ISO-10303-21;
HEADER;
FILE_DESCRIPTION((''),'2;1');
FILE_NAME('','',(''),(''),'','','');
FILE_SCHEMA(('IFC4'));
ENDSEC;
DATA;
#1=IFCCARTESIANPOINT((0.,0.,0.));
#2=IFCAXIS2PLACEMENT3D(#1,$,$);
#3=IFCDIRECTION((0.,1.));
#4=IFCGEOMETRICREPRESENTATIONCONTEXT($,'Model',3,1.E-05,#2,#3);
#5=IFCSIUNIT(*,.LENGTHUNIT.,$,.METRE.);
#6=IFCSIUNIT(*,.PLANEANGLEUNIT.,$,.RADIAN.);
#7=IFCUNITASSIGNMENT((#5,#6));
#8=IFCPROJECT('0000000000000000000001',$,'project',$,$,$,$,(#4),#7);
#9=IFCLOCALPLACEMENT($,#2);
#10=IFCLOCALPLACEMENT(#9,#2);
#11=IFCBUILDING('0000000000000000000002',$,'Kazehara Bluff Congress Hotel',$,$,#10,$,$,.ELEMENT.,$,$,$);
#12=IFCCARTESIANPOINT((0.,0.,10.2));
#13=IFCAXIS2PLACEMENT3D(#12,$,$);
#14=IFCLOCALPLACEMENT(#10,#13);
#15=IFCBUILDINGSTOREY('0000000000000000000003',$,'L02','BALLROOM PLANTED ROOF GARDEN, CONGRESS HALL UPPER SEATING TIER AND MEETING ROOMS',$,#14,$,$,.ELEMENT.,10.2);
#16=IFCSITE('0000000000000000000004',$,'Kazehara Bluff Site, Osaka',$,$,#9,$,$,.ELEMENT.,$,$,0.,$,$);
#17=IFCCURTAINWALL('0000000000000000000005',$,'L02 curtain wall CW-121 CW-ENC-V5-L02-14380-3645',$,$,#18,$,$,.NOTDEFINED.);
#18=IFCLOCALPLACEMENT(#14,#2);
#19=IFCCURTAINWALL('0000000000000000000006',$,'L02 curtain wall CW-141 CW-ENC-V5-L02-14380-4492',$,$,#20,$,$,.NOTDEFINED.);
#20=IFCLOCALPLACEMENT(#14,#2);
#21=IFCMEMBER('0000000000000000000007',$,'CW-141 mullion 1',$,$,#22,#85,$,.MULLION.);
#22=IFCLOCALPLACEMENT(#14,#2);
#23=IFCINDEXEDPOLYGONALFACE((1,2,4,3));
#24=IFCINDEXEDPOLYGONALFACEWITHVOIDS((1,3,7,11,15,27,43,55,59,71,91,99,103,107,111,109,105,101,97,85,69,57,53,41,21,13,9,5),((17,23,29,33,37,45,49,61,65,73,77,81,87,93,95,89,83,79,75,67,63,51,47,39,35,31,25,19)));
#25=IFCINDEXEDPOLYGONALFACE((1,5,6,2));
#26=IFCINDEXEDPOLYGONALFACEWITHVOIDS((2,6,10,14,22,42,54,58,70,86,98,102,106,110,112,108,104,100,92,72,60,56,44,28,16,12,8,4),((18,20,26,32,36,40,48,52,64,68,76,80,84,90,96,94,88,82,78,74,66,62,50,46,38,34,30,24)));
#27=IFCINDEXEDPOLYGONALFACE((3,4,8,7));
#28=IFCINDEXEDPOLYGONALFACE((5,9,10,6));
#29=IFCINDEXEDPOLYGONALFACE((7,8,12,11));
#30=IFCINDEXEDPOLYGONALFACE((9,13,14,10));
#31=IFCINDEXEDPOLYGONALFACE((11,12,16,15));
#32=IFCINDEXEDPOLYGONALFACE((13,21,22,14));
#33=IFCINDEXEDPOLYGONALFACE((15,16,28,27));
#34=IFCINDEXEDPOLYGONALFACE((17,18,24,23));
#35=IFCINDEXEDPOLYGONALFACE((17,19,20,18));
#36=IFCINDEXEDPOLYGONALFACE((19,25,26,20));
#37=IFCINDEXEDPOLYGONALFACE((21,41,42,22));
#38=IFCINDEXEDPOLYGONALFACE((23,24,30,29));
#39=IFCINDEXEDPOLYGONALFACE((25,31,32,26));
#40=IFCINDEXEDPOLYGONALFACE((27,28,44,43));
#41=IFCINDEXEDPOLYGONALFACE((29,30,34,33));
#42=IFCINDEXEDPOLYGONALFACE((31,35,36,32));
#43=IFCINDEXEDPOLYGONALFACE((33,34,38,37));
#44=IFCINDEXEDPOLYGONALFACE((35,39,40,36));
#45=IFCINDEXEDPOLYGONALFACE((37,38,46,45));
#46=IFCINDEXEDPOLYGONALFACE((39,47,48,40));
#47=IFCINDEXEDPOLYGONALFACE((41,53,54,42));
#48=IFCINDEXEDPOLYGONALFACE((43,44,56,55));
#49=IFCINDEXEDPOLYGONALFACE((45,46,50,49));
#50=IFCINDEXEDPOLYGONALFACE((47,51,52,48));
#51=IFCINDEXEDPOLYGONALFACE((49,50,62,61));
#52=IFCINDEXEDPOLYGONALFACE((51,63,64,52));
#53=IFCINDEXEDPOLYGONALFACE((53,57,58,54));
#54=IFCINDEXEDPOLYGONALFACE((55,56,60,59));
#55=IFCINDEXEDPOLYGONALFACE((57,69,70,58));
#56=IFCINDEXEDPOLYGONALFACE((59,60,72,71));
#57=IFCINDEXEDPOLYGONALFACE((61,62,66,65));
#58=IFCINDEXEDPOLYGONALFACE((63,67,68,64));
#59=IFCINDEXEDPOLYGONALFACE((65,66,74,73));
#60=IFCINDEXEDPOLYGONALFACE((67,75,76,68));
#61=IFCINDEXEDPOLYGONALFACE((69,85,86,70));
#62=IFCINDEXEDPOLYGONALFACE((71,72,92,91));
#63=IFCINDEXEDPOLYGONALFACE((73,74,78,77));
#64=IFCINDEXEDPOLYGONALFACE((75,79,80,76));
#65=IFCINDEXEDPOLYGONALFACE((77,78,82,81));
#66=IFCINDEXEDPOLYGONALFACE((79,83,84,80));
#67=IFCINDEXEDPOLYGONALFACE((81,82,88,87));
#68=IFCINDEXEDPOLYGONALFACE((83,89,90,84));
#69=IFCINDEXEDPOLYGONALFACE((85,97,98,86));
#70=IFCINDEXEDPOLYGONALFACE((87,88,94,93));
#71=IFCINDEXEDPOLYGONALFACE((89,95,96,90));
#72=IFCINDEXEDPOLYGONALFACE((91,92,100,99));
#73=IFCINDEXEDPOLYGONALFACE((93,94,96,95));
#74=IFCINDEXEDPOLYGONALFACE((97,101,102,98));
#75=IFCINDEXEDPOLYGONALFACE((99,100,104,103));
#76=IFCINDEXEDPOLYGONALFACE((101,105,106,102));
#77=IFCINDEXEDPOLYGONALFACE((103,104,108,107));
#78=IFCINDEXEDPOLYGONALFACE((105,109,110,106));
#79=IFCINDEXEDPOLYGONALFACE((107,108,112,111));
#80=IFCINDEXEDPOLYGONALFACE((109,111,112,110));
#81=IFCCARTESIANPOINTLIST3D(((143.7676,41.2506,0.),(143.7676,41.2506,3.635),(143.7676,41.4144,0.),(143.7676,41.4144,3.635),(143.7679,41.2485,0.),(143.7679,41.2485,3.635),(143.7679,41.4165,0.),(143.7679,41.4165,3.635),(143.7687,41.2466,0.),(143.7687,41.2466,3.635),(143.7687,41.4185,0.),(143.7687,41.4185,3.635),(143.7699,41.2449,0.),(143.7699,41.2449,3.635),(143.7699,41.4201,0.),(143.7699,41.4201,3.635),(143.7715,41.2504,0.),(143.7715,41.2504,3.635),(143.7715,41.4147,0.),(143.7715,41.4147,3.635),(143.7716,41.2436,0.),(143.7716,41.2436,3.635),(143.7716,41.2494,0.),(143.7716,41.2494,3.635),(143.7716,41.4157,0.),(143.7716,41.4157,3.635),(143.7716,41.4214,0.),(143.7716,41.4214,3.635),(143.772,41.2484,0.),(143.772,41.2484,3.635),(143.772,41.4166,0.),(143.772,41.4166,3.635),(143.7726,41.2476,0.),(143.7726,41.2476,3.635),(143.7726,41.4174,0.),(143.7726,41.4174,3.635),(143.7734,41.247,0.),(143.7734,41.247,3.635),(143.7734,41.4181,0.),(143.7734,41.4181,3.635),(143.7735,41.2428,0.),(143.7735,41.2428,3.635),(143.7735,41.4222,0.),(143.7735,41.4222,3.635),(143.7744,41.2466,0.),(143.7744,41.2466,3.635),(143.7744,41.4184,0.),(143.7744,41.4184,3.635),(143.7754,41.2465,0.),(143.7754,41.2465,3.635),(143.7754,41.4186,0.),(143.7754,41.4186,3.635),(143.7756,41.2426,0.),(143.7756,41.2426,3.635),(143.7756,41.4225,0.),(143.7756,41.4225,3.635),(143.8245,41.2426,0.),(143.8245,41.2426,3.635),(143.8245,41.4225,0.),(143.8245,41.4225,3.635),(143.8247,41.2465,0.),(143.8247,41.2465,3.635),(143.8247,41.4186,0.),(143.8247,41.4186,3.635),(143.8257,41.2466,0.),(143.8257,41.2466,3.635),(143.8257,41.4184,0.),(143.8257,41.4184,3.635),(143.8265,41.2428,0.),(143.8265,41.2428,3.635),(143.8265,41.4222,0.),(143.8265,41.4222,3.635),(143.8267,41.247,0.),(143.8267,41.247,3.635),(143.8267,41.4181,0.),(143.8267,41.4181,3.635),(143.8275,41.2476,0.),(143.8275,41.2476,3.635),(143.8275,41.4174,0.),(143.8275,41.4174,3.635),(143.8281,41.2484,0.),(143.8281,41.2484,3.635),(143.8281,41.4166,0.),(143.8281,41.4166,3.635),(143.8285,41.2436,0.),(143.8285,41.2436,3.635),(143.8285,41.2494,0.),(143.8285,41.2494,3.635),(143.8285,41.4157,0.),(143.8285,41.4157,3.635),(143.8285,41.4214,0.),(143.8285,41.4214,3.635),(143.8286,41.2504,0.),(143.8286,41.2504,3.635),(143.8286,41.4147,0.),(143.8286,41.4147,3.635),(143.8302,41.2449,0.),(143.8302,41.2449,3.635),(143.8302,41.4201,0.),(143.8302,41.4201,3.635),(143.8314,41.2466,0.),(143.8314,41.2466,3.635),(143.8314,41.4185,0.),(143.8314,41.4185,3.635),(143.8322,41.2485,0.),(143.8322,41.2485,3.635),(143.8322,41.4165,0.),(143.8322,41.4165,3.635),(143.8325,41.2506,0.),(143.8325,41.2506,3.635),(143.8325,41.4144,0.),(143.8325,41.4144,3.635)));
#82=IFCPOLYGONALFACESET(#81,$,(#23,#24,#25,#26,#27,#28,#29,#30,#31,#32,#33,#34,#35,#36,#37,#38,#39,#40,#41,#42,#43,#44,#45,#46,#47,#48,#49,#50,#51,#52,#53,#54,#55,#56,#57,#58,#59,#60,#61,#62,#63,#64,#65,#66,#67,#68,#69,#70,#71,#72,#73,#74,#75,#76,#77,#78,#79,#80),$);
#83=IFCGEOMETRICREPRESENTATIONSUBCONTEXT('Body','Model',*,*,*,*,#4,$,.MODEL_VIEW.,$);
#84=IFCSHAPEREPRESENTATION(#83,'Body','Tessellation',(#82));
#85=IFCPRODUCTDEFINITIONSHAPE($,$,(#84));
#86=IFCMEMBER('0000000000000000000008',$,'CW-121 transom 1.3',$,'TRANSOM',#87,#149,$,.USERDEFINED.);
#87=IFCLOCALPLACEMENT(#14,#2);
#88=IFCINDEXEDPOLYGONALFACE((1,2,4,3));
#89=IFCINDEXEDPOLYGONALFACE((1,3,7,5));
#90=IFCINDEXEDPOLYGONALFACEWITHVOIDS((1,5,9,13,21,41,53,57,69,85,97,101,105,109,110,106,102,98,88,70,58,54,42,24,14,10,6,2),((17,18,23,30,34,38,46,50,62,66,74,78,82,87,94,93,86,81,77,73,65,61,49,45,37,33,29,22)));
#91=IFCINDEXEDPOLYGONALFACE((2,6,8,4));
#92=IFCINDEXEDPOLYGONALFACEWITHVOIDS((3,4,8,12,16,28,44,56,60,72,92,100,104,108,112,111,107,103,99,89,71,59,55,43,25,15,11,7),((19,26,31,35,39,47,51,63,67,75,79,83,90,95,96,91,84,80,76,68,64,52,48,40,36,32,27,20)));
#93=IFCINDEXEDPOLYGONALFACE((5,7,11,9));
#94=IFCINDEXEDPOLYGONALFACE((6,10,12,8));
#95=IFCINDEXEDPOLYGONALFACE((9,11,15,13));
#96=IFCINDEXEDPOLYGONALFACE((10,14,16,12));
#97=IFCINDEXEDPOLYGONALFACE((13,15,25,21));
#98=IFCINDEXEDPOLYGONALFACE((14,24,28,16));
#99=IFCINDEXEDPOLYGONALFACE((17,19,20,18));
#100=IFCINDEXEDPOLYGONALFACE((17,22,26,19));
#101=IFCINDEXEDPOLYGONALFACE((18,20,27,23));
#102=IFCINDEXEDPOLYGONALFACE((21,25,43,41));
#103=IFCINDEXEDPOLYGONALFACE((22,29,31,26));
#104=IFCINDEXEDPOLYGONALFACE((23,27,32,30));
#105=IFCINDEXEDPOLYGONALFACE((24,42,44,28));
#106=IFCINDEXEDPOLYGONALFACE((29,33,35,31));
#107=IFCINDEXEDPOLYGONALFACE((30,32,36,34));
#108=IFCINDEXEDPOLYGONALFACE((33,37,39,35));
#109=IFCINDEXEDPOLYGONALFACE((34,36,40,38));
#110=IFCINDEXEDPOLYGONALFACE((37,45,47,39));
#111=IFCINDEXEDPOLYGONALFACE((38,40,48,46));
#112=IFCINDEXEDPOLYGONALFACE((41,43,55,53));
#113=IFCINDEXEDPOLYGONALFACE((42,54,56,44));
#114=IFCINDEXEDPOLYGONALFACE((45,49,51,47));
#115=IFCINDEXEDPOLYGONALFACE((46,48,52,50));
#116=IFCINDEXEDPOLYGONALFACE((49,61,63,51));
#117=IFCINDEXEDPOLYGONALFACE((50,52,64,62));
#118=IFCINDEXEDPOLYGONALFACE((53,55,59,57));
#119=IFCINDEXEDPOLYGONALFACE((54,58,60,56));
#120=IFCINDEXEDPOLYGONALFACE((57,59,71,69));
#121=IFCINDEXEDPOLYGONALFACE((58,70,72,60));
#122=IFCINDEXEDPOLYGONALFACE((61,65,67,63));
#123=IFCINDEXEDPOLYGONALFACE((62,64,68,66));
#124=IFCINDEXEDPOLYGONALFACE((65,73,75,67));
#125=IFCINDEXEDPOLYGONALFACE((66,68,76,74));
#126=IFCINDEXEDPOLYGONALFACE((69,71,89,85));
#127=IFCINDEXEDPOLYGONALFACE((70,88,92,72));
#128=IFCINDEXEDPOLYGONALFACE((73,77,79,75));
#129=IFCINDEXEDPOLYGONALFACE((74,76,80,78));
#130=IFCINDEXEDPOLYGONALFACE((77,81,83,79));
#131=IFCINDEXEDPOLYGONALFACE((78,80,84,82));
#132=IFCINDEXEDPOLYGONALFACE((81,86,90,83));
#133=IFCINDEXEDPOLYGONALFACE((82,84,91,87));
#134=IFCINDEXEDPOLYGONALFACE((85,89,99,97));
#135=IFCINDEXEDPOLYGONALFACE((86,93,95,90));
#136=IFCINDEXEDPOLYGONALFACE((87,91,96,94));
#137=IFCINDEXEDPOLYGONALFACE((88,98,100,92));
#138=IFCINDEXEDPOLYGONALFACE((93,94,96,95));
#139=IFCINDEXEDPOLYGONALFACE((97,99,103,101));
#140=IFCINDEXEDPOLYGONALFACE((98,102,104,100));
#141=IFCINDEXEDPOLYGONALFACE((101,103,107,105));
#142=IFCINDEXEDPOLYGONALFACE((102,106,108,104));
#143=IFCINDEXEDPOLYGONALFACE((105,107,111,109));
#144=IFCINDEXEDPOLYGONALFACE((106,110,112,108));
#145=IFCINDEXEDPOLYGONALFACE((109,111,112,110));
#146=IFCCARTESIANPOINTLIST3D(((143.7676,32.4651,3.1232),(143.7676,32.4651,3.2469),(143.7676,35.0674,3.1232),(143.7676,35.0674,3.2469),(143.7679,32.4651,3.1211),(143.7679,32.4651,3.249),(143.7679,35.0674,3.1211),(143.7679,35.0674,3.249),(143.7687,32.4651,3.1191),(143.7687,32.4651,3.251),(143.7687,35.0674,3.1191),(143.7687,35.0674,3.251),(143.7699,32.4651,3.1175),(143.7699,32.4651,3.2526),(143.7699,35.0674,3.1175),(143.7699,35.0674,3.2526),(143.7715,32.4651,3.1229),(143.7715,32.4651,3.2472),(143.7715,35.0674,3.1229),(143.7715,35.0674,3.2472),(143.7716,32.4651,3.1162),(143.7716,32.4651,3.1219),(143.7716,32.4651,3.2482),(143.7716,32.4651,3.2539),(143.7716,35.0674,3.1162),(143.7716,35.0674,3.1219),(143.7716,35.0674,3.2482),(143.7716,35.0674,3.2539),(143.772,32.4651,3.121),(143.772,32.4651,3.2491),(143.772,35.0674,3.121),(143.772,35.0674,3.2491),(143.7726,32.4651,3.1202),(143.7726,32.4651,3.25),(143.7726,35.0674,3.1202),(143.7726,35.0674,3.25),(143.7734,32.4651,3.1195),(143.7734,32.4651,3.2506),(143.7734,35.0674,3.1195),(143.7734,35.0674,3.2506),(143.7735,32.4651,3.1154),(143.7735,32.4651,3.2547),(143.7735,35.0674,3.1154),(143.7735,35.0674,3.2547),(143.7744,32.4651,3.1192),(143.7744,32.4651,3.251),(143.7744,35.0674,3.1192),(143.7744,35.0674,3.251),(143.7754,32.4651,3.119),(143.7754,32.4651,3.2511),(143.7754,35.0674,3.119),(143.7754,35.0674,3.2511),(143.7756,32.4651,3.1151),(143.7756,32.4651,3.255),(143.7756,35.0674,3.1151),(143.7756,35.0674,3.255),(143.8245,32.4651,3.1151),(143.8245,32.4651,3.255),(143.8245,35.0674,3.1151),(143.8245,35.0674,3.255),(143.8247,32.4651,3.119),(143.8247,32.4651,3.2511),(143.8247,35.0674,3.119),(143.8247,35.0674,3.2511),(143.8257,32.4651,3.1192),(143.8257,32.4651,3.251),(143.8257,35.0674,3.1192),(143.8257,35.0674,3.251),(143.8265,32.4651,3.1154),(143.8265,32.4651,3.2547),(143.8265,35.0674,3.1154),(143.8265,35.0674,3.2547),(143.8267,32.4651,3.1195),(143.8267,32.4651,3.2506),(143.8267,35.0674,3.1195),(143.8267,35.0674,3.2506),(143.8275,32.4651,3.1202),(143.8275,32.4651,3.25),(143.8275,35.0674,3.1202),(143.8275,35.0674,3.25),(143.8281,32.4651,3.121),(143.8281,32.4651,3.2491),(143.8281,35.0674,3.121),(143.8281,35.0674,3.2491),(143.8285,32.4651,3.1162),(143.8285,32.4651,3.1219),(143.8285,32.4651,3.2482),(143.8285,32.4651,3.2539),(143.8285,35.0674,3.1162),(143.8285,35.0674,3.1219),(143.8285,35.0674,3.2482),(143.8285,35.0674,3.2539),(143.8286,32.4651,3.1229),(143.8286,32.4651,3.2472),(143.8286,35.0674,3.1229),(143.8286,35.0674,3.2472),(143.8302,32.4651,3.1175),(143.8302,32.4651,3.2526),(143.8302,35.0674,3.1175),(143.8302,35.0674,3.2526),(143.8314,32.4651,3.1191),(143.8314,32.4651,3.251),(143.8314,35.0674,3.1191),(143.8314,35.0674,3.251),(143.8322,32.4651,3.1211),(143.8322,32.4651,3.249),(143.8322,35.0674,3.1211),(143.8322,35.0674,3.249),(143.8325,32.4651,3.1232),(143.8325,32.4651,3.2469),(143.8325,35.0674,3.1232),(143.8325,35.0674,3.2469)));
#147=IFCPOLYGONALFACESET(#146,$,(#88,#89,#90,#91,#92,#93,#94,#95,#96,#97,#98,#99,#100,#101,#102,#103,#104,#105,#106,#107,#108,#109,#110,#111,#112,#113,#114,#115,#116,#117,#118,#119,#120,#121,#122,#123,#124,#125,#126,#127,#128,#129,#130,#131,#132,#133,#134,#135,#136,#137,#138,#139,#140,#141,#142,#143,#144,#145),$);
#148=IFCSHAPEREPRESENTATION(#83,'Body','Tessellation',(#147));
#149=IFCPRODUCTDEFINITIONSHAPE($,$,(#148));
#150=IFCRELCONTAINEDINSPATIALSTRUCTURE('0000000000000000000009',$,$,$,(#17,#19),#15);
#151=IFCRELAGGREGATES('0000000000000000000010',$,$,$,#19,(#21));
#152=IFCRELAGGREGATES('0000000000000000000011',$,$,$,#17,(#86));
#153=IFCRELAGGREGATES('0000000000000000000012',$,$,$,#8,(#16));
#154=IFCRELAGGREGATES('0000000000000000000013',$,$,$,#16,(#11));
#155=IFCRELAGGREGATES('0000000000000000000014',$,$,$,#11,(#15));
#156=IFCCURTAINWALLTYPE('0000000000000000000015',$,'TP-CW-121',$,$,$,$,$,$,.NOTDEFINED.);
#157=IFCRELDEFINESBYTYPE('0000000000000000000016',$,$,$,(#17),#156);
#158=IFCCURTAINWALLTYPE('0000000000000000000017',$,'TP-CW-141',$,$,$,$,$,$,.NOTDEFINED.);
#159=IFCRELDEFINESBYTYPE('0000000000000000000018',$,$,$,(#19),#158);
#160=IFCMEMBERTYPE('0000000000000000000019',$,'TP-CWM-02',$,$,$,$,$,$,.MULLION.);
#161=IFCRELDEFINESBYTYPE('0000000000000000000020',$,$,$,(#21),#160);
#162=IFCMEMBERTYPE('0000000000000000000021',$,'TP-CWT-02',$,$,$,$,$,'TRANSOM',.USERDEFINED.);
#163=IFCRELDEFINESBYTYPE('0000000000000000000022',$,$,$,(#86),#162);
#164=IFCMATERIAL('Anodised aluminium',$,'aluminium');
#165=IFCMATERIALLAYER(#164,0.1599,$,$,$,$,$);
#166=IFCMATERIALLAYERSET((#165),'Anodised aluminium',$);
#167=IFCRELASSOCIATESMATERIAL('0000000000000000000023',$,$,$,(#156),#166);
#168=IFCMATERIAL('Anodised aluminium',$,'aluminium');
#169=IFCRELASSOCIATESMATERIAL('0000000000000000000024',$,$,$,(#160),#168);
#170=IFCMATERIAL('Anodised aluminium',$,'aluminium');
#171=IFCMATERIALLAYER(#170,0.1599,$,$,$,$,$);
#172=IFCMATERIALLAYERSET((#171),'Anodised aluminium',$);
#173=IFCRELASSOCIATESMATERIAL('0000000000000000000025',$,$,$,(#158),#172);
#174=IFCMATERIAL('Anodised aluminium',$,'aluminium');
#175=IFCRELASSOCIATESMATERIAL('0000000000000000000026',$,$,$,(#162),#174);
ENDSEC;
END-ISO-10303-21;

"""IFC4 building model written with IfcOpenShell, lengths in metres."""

from ifc_helpers import new_model, si_unit, direction, frame, origin, origin_2d, place, context, subcontext, project, spatial, hollow_rectangle, extrude, material, layer, layer_set, material_profile, profile_set, type_object, element, aggregate, save


model = new_model("IFC4")

# Units and contexts
model_context = context("Model", 3, precision=1e-05, world=origin(), true_north=direction((0.0, 1.0)))
body_context = subcontext(model_context, "Body", "Model", "MODEL_VIEW")
ifc_project = project(units=[si_unit("LENGTHUNIT", "METRE"), si_unit("PLANEANGLEUNIT", "RADIAN")], contexts=[model_context])

# Site, building, storey
site_placement = place(None, origin())
site = spatial("IfcSite", under=ifc_project, at=site_placement, Name="Kazehara Bluff Site, Osaka", CompositionType="ELEMENT", RefElevation=0.0)
building_placement = place(site_placement, origin())
building = spatial("IfcBuilding", under=site, at=building_placement, Name="Kazehara Bluff Congress Hotel", CompositionType="ELEMENT")
storey_placement = place(building_placement, frame((0.0, 0.0, 10.2)))
storey = spatial("IfcBuildingStorey", under=building, at=storey_placement, Name="L02", Description="BALLROOM PLANTED ROOF GARDEN, CONGRESS HALL UPPER SEATING TIER AND MEETING ROOMS", CompositionType="ELEMENT", Elevation=10.2)

# Curtain wall
ifc_material_1 = material(Name="Anodised aluminium", Category="aluminium")
ifc_layer_1 = layer(ifc_material_1, 0.1599)
ifc_layer_set_1 = layer_set([ifc_layer_1], Name="Anodised aluminium")
curtain_wall_type_1 = type_object("IfcCurtainWallType", Name="TP-CW-121", PredefinedType="NOTDEFINED", material=ifc_layer_set_1)
curtain_wall_1_placement = place(storey_placement, origin())
curtain_wall_1 = element("IfcCurtainWall", 1, at=curtain_wall_1_placement, inside=storey, type_object=curtain_wall_type_1, Name="L02 curtain wall CW-121 CW-ENC-V5-L02-14380-3645", PredefinedType="NOTDEFINED")
ifc_material_2 = material(Name="Anodised aluminium", Category="aluminium")
ifc_material_profile_1 = material_profile(ifc_material_2, hollow_rectangle(XDim=0.0649, YDim=0.1799, WallThickness=0.0039, InnerFilletRadius=0.0039, OuterFilletRadius=0.0081, at=origin_2d()))
ifc_profile_set_1 = profile_set([ifc_material_profile_1], Name="Anodised aluminium")
member_type_1 = type_object("IfcMemberType", Name="TP-CWM-02", PredefinedType="MULLION", material=ifc_profile_set_1)

# Curtain wall, member
ifc_material_3 = material(Name="Anodised aluminium", Category="aluminium")
ifc_layer_2 = layer(ifc_material_3, 0.1599)
ifc_layer_set_2 = layer_set([ifc_layer_2], Name="Anodised aluminium")
curtain_wall_type_2 = type_object("IfcCurtainWallType", Name="TP-CW-141", PredefinedType="NOTDEFINED", material=ifc_layer_set_2)
curtain_wall_2_placement = place(storey_placement, origin())
curtain_wall_2 = element("IfcCurtainWall", 2, at=curtain_wall_2_placement, inside=storey, type_object=curtain_wall_type_2, Name="L02 curtain wall CW-141 CW-ENC-V5-L02-14380-4492", PredefinedType="NOTDEFINED")
member_1_placement = place(storey_placement, frame((143.8, 41.3325, 0.0), z_axis=(0.0, 0.0, 1.0), x_axis=(-1.0, 0.0, 0.0)))
member_1 = element("IfcMember", 3, at=member_1_placement, type_object=member_type_1, Name="CW-141 mullion 1", PredefinedType="MULLION", context=body_context, shape_type="SweptSolid", body=[
    extrude(hollow_rectangle(XDim=0.0649, YDim=0.1799, WallThickness=0.0039, InnerFilletRadius=0.0039, OuterFilletRadius=0.0081, at=origin_2d()), origin(), (0.0, 0.0, 1.0), 3.635),
])
aggregate(curtain_wall_2, [member_1])

# Member
ifc_material_4 = material(Name="Anodised aluminium", Category="aluminium")
ifc_material_profile_2 = material_profile(ifc_material_4, hollow_rectangle(XDim=0.0649, YDim=0.1399, WallThickness=0.0039, InnerFilletRadius=0.0039, OuterFilletRadius=0.0081, at=origin_2d()))
ifc_profile_set_2 = profile_set([ifc_material_profile_2], Name="Anodised aluminium")
member_type_2 = type_object("IfcMemberType", Name="TP-CWT-02", ElementType="TRANSOM", PredefinedType="USERDEFINED", material=ifc_profile_set_2)
member_2_placement = place(storey_placement, frame((143.8, 32.4651, 3.1851), z_axis=(0.0, 1.0, 0.0), x_axis=(-1.0, 0.0, 0.0)))
member_2 = element("IfcMember", 4, at=member_2_placement, type_object=member_type_2, Name="CW-121 transom 1.3", ObjectType="TRANSOM", PredefinedType="USERDEFINED", context=body_context, shape_type="SweptSolid", body=[
    extrude(hollow_rectangle(XDim=0.0649, YDim=0.1399, WallThickness=0.0039, InnerFilletRadius=0.0039, OuterFilletRadius=0.0081, at=origin_2d()), origin(), (0.0, 0.0, 1.0), 2.6023),
])

aggregate(curtain_wall_1, [member_2])

save(model, "model.ifc")
